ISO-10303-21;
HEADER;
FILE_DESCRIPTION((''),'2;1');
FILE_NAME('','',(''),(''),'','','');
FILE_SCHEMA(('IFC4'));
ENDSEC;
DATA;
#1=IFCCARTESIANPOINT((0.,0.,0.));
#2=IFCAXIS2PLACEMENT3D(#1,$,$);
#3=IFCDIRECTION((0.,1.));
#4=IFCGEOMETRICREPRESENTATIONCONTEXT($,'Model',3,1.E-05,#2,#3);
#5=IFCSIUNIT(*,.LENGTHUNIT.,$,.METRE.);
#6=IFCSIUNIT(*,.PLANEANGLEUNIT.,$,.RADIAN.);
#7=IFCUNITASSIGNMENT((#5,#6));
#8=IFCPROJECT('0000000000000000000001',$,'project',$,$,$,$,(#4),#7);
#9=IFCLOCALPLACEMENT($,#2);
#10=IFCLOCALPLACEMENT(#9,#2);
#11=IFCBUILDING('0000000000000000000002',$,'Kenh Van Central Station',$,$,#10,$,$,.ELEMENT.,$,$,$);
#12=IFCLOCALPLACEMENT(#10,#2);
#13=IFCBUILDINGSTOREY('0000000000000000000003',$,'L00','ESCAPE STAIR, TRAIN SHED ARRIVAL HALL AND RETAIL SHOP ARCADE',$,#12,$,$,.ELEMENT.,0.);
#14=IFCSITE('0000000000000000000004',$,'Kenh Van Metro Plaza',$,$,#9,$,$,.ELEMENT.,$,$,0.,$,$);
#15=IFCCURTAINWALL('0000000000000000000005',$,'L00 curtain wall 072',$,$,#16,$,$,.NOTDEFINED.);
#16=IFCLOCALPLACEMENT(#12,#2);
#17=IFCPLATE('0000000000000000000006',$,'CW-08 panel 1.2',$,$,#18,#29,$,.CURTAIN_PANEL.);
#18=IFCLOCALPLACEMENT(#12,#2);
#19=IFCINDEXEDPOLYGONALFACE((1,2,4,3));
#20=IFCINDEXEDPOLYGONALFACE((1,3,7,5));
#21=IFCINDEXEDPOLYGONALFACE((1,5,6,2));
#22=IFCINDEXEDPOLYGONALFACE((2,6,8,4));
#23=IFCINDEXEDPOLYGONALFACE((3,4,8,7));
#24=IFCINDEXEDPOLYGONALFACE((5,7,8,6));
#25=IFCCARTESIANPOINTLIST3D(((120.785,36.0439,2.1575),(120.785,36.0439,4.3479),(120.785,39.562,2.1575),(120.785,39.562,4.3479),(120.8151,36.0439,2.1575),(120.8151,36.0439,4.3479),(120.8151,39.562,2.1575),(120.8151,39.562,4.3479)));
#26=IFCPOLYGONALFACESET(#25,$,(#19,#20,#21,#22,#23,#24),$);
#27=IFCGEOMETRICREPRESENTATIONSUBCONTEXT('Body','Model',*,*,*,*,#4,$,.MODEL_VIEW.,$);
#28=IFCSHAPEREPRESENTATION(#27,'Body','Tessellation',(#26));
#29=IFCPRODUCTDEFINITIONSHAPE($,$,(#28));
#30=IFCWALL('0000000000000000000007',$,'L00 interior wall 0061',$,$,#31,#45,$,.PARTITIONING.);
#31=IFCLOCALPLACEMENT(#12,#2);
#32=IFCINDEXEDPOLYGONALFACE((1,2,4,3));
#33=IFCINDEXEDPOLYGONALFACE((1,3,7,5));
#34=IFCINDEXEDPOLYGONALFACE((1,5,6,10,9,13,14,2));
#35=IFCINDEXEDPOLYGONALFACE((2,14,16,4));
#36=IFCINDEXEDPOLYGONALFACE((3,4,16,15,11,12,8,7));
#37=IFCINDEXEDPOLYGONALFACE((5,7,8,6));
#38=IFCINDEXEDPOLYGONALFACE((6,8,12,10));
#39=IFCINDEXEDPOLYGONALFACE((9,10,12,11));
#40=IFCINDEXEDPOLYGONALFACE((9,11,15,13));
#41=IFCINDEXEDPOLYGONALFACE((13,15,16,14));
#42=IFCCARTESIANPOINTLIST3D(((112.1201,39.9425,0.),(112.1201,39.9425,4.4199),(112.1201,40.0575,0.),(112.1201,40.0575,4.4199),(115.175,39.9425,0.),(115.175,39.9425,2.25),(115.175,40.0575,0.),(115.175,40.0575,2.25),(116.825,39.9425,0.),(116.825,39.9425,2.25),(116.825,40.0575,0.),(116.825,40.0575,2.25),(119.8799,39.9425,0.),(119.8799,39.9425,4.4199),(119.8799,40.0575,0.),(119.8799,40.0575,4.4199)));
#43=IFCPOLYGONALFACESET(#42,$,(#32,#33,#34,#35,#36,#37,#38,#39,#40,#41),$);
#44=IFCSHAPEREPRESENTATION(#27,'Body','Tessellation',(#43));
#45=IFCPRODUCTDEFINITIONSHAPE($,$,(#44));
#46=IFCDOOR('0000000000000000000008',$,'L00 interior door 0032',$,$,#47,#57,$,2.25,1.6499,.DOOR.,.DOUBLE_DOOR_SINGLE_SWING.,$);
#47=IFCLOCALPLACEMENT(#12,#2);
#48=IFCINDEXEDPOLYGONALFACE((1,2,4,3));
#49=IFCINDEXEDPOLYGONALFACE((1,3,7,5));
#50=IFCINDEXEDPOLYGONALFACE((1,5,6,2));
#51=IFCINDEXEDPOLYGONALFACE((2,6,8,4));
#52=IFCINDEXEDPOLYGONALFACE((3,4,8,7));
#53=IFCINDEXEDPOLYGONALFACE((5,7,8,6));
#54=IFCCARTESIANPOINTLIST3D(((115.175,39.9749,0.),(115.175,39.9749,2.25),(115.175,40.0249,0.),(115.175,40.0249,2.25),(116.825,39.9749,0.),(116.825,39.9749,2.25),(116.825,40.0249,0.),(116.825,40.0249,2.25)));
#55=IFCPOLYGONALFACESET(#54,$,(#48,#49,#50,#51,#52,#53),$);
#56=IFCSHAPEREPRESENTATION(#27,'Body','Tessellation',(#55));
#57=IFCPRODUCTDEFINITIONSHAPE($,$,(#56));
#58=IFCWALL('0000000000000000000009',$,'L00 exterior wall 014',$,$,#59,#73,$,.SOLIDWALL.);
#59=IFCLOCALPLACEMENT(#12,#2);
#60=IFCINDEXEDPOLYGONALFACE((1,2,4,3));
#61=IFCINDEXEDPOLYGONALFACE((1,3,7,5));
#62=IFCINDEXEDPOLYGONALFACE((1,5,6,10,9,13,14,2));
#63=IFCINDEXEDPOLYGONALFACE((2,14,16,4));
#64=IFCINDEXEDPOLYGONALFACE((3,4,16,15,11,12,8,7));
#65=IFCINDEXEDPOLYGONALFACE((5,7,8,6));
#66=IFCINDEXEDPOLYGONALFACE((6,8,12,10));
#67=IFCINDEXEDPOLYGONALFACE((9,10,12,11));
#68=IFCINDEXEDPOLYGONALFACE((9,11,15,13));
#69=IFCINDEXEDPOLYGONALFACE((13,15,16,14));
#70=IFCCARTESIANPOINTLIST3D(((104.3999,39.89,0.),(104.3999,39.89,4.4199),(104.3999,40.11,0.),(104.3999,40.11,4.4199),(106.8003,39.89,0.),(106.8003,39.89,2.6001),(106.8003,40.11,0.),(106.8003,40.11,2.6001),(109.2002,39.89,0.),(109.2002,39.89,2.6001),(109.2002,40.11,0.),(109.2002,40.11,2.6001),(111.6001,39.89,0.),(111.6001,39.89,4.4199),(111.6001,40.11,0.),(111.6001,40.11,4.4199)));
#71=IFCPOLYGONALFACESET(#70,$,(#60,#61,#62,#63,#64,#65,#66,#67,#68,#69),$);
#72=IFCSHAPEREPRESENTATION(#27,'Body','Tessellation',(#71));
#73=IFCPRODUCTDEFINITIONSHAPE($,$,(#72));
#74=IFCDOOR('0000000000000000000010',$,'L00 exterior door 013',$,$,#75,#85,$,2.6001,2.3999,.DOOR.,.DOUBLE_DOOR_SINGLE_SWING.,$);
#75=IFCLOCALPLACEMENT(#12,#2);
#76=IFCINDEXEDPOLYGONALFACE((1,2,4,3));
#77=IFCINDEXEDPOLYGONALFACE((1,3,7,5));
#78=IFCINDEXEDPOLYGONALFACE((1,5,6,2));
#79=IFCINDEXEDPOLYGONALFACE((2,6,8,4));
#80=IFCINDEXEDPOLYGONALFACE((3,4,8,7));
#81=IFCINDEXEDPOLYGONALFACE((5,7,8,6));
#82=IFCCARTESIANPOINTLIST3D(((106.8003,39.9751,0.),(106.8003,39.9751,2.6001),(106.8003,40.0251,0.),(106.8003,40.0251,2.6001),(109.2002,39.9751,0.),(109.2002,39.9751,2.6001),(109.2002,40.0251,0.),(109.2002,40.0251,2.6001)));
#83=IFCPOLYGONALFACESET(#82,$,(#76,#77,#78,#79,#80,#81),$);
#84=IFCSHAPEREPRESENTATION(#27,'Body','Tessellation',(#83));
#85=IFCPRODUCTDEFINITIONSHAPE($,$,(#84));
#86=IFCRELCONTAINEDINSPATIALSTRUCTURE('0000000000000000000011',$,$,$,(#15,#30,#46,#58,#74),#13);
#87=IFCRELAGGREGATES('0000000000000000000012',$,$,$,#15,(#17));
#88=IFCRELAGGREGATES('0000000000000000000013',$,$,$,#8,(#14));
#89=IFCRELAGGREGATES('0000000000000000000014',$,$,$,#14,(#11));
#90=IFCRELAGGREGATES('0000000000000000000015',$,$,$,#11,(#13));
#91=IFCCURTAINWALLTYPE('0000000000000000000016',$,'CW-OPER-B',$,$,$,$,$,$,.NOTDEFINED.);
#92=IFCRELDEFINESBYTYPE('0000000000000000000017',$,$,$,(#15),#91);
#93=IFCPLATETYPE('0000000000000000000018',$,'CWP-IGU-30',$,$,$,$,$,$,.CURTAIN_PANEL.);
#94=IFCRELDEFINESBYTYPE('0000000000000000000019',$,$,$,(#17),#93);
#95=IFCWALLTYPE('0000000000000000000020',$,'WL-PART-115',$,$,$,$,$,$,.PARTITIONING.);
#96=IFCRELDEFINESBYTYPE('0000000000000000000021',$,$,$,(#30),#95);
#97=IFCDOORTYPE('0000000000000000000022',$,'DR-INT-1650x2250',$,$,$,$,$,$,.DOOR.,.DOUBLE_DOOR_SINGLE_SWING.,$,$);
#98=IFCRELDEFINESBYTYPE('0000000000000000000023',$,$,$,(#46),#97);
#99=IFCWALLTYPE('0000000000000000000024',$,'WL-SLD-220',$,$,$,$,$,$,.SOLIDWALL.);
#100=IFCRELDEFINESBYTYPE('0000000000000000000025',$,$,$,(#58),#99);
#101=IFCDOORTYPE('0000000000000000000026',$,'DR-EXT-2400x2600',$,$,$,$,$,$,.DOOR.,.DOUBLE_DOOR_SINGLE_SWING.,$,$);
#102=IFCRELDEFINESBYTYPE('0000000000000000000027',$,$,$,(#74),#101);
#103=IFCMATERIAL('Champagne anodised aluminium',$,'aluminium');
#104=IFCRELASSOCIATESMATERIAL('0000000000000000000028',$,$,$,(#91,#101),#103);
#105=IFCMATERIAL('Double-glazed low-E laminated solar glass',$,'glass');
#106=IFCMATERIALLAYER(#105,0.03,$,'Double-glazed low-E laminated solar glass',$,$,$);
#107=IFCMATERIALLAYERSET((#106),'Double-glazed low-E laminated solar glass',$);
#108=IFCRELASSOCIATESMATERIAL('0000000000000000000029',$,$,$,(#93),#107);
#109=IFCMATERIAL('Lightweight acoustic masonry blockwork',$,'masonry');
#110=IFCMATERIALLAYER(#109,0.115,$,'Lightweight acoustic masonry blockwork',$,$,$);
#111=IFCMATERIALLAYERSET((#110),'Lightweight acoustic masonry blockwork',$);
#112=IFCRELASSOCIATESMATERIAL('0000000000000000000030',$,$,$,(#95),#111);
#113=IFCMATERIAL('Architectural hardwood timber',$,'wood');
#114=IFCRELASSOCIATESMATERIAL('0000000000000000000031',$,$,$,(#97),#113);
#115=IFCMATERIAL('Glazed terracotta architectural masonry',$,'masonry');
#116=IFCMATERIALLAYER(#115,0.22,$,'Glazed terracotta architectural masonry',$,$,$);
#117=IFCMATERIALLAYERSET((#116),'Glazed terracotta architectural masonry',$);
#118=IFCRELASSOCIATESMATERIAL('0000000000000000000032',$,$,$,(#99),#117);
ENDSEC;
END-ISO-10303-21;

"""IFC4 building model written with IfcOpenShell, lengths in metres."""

from ifc_helpers import new_model, si_unit, direction, frame, frame_2d, origin, origin_2d, place, context, subcontext, project, spatial, rectangle, extrude, material, layer, layer_set, type_object, element, fill, aggregate, save


model = new_model("IFC4")

# Units and contexts
model_context = context("Model", 3, precision=1e-05, world=origin(), true_north=direction((0.0, 1.0)))
body_context = subcontext(model_context, "Body", "Model", "MODEL_VIEW")
ifc_project = project(units=[si_unit("LENGTHUNIT", "METRE"), si_unit("PLANEANGLEUNIT", "RADIAN")], contexts=[model_context])

# Site, building, storey
site_placement = place(None, origin())
site = spatial("IfcSite", under=ifc_project, at=site_placement, Name="Kenh Van Metro Plaza", CompositionType="ELEMENT", RefElevation=0.0)
building_placement = place(site_placement, origin())
building = spatial("IfcBuilding", under=site, at=building_placement, Name="Kenh Van Central Station", CompositionType="ELEMENT")
storey_placement = place(building_placement, origin())
storey = spatial("IfcBuildingStorey", under=building, at=storey_placement, Name="L00", Description="ESCAPE STAIR, TRAIN SHED ARRIVAL HALL AND RETAIL SHOP ARCADE", CompositionType="ELEMENT", Elevation=0.0)

# Curtain wall
ifc_material_1 = material(Name="Champagne anodised aluminium", Category="aluminium")
curtain_wall_type_1 = type_object("IfcCurtainWallType", Name="CW-OPER-B", PredefinedType="NOTDEFINED", material=ifc_material_1)
curtain_wall_1_placement = place(storey_placement, origin())
curtain_wall_1 = element("IfcCurtainWall", 1, at=curtain_wall_1_placement, inside=storey, type_object=curtain_wall_type_1, Name="L00 curtain wall 072", PredefinedType="NOTDEFINED")

# Plate
ifc_material_2 = material(Name="Double-glazed low-E laminated solar glass", Category="glass")
ifc_layer_1 = layer(ifc_material_2, 0.03, Name="Double-glazed low-E laminated solar glass")
ifc_layer_set_1 = layer_set([ifc_layer_1], Name="Double-glazed low-E laminated solar glass")
plate_type_1 = type_object("IfcPlateType", Name="CWP-IGU-30", PredefinedType="CURTAIN_PANEL", material=ifc_layer_set_1)
plate_1_placement = place(storey_placement, frame((120.8, 37.803, 2.1575), z_axis=(0.0, 0.0, 1.0), x_axis=(0.0, -1.0, 0.0)))
plate_1 = element("IfcPlate", 2, at=plate_1_placement, type_object=plate_type_1, Name="CW-08 panel 1.2", PredefinedType="CURTAIN_PANEL", context=body_context, shape_type="SweptSolid", body=[
    extrude(rectangle(XDim=3.5181, YDim=0.03, at=origin_2d()), origin(), (0.0, 0.0, 1.0), 2.1904),
])
aggregate(curtain_wall_1, [plate_1])

# Walls, openings, doors
ifc_material_3 = material(Name="Lightweight acoustic masonry blockwork", Category="masonry")
ifc_layer_2 = layer(ifc_material_3, 0.115, Name="Lightweight acoustic masonry blockwork")
ifc_layer_set_2 = layer_set([ifc_layer_2], Name="Lightweight acoustic masonry blockwork")
wall_type_1 = type_object("IfcWallType", Name="WL-PART-115", PredefinedType="PARTITIONING", material=ifc_layer_set_2)
wall_1_placement = place(storey_placement, frame((112.1201, 40.0, 0.0), z_axis=(0.0, 0.0, 1.0), x_axis=(1.0, 0.0, 0.0)))
wall_1 = element("IfcWall", 3, at=wall_1_placement, inside=storey, type_object=wall_type_1, Name="L00 interior wall 0061", PredefinedType="PARTITIONING", context=body_context, shape_type="SweptSolid", body=[
    extrude(rectangle(XDim=7.7598, YDim=0.115, at=frame_2d((3.8799, 0.0))), origin(), (0.0, 0.0, 1.0), 4.4199),
])
opening_1_placement = place(wall_1_placement, frame((3.0549, 0.0, 0.0)))
opening_1 = element("IfcOpeningElement", 4, at=opening_1_placement, cuts=wall_1, PredefinedType="OPENING", context=body_context, shape_type="SweptSolid", body=[
    extrude(rectangle(XDim=1.6499, YDim=2.25, at=frame_2d((0.825, 1.125))), frame((0.0, 0.0674, 0.0), z_axis=(0.0, -1.0, 0.0), x_axis=(1.0, 0.0, 0.0)), (0.0, 0.0, 1.0), 0.135),
])
ifc_material_4 = material(Name="Architectural hardwood timber", Category="wood")
door_type_1 = type_object("IfcDoorType", Name="DR-INT-1650x2250", OperationType="DOUBLE_DOOR_SINGLE_SWING", PredefinedType="DOOR", material=ifc_material_4)
door_1_placement = place(opening_1_placement, origin())
door_1 = element("IfcDoor", 5, at=door_1_placement, inside=storey, type_object=door_type_1, Name="L00 interior door 0032", OperationType="DOUBLE_DOOR_SINGLE_SWING", OverallHeight=2.25, OverallWidth=1.6499, PredefinedType="DOOR", context=body_context, shape_type="SweptSolid", body=[
    extrude(rectangle(XDim=1.6499, YDim=2.25, at=frame_2d((0.825, 1.125))), frame((0.0, 0.0249, 0.0), z_axis=(0.0, -1.0, 0.0), x_axis=(1.0, 0.0, 0.0)), (0.0, 0.0, 1.0), 0.05),
])
fill(opening_1, door_1)
ifc_material_5 = material(Name="Glazed terracotta architectural masonry", Category="masonry")
ifc_layer_3 = layer(ifc_material_5, 0.22, Name="Glazed terracotta architectural masonry")
ifc_layer_set_3 = layer_set([ifc_layer_3], Name="Glazed terracotta architectural masonry")
wall_type_2 = type_object("IfcWallType", Name="WL-SLD-220", PredefinedType="SOLIDWALL", material=ifc_layer_set_3)
wall_2_placement = place(storey_placement, frame((111.6001, 40.0, 0.0), z_axis=(0.0, 0.0, 1.0), x_axis=(-1.0, 0.0, 0.0)))
wall_2 = element("IfcWall", 6, at=wall_2_placement, inside=storey, type_object=wall_type_2, Name="L00 exterior wall 014", PredefinedType="SOLIDWALL", context=body_context, shape_type="SweptSolid", body=[
    extrude(rectangle(XDim=7.2002, YDim=0.22, at=frame_2d((3.6001, 0.0))), origin(), (0.0, 0.0, 1.0), 4.4199),
])
opening_2_placement = place(wall_2_placement, frame((2.3999, 0.0, 0.0)))
opening_2 = element("IfcOpeningElement", 7, at=opening_2_placement, cuts=wall_2, PredefinedType="OPENING", context=body_context, shape_type="SweptSolid", body=[
    extrude(rectangle(XDim=2.3999, YDim=2.6001, at=frame_2d((1.2, 1.3))), frame((0.0, 0.1199, 0.0), z_axis=(0.0, -1.0, 0.0), x_axis=(1.0, 0.0, 0.0)), (0.0, 0.0, 1.0), 0.24),
])
door_type_2 = type_object("IfcDoorType", Name="DR-EXT-2400x2600", OperationType="DOUBLE_DOOR_SINGLE_SWING", PredefinedType="DOOR", material=ifc_material_1)
door_2_placement = place(opening_2_placement, origin())
door_2 = element("IfcDoor", 8, at=door_2_placement, inside=storey, type_object=door_type_2, Name="L00 exterior door 013", OperationType="DOUBLE_DOOR_SINGLE_SWING", OverallHeight=2.6001, OverallWidth=2.3999, PredefinedType="DOOR", context=body_context, shape_type="SweptSolid", body=[
    extrude(rectangle(XDim=2.3999, YDim=2.6001, at=frame_2d((1.2, 1.3))), frame((0.0, 0.0249, 0.0), z_axis=(0.0, -1.0, 0.0), x_axis=(1.0, 0.0, 0.0)), (0.0, 0.0, 1.0), 0.05),
])
fill(opening_2, door_2)

save(model, "model.ifc")
